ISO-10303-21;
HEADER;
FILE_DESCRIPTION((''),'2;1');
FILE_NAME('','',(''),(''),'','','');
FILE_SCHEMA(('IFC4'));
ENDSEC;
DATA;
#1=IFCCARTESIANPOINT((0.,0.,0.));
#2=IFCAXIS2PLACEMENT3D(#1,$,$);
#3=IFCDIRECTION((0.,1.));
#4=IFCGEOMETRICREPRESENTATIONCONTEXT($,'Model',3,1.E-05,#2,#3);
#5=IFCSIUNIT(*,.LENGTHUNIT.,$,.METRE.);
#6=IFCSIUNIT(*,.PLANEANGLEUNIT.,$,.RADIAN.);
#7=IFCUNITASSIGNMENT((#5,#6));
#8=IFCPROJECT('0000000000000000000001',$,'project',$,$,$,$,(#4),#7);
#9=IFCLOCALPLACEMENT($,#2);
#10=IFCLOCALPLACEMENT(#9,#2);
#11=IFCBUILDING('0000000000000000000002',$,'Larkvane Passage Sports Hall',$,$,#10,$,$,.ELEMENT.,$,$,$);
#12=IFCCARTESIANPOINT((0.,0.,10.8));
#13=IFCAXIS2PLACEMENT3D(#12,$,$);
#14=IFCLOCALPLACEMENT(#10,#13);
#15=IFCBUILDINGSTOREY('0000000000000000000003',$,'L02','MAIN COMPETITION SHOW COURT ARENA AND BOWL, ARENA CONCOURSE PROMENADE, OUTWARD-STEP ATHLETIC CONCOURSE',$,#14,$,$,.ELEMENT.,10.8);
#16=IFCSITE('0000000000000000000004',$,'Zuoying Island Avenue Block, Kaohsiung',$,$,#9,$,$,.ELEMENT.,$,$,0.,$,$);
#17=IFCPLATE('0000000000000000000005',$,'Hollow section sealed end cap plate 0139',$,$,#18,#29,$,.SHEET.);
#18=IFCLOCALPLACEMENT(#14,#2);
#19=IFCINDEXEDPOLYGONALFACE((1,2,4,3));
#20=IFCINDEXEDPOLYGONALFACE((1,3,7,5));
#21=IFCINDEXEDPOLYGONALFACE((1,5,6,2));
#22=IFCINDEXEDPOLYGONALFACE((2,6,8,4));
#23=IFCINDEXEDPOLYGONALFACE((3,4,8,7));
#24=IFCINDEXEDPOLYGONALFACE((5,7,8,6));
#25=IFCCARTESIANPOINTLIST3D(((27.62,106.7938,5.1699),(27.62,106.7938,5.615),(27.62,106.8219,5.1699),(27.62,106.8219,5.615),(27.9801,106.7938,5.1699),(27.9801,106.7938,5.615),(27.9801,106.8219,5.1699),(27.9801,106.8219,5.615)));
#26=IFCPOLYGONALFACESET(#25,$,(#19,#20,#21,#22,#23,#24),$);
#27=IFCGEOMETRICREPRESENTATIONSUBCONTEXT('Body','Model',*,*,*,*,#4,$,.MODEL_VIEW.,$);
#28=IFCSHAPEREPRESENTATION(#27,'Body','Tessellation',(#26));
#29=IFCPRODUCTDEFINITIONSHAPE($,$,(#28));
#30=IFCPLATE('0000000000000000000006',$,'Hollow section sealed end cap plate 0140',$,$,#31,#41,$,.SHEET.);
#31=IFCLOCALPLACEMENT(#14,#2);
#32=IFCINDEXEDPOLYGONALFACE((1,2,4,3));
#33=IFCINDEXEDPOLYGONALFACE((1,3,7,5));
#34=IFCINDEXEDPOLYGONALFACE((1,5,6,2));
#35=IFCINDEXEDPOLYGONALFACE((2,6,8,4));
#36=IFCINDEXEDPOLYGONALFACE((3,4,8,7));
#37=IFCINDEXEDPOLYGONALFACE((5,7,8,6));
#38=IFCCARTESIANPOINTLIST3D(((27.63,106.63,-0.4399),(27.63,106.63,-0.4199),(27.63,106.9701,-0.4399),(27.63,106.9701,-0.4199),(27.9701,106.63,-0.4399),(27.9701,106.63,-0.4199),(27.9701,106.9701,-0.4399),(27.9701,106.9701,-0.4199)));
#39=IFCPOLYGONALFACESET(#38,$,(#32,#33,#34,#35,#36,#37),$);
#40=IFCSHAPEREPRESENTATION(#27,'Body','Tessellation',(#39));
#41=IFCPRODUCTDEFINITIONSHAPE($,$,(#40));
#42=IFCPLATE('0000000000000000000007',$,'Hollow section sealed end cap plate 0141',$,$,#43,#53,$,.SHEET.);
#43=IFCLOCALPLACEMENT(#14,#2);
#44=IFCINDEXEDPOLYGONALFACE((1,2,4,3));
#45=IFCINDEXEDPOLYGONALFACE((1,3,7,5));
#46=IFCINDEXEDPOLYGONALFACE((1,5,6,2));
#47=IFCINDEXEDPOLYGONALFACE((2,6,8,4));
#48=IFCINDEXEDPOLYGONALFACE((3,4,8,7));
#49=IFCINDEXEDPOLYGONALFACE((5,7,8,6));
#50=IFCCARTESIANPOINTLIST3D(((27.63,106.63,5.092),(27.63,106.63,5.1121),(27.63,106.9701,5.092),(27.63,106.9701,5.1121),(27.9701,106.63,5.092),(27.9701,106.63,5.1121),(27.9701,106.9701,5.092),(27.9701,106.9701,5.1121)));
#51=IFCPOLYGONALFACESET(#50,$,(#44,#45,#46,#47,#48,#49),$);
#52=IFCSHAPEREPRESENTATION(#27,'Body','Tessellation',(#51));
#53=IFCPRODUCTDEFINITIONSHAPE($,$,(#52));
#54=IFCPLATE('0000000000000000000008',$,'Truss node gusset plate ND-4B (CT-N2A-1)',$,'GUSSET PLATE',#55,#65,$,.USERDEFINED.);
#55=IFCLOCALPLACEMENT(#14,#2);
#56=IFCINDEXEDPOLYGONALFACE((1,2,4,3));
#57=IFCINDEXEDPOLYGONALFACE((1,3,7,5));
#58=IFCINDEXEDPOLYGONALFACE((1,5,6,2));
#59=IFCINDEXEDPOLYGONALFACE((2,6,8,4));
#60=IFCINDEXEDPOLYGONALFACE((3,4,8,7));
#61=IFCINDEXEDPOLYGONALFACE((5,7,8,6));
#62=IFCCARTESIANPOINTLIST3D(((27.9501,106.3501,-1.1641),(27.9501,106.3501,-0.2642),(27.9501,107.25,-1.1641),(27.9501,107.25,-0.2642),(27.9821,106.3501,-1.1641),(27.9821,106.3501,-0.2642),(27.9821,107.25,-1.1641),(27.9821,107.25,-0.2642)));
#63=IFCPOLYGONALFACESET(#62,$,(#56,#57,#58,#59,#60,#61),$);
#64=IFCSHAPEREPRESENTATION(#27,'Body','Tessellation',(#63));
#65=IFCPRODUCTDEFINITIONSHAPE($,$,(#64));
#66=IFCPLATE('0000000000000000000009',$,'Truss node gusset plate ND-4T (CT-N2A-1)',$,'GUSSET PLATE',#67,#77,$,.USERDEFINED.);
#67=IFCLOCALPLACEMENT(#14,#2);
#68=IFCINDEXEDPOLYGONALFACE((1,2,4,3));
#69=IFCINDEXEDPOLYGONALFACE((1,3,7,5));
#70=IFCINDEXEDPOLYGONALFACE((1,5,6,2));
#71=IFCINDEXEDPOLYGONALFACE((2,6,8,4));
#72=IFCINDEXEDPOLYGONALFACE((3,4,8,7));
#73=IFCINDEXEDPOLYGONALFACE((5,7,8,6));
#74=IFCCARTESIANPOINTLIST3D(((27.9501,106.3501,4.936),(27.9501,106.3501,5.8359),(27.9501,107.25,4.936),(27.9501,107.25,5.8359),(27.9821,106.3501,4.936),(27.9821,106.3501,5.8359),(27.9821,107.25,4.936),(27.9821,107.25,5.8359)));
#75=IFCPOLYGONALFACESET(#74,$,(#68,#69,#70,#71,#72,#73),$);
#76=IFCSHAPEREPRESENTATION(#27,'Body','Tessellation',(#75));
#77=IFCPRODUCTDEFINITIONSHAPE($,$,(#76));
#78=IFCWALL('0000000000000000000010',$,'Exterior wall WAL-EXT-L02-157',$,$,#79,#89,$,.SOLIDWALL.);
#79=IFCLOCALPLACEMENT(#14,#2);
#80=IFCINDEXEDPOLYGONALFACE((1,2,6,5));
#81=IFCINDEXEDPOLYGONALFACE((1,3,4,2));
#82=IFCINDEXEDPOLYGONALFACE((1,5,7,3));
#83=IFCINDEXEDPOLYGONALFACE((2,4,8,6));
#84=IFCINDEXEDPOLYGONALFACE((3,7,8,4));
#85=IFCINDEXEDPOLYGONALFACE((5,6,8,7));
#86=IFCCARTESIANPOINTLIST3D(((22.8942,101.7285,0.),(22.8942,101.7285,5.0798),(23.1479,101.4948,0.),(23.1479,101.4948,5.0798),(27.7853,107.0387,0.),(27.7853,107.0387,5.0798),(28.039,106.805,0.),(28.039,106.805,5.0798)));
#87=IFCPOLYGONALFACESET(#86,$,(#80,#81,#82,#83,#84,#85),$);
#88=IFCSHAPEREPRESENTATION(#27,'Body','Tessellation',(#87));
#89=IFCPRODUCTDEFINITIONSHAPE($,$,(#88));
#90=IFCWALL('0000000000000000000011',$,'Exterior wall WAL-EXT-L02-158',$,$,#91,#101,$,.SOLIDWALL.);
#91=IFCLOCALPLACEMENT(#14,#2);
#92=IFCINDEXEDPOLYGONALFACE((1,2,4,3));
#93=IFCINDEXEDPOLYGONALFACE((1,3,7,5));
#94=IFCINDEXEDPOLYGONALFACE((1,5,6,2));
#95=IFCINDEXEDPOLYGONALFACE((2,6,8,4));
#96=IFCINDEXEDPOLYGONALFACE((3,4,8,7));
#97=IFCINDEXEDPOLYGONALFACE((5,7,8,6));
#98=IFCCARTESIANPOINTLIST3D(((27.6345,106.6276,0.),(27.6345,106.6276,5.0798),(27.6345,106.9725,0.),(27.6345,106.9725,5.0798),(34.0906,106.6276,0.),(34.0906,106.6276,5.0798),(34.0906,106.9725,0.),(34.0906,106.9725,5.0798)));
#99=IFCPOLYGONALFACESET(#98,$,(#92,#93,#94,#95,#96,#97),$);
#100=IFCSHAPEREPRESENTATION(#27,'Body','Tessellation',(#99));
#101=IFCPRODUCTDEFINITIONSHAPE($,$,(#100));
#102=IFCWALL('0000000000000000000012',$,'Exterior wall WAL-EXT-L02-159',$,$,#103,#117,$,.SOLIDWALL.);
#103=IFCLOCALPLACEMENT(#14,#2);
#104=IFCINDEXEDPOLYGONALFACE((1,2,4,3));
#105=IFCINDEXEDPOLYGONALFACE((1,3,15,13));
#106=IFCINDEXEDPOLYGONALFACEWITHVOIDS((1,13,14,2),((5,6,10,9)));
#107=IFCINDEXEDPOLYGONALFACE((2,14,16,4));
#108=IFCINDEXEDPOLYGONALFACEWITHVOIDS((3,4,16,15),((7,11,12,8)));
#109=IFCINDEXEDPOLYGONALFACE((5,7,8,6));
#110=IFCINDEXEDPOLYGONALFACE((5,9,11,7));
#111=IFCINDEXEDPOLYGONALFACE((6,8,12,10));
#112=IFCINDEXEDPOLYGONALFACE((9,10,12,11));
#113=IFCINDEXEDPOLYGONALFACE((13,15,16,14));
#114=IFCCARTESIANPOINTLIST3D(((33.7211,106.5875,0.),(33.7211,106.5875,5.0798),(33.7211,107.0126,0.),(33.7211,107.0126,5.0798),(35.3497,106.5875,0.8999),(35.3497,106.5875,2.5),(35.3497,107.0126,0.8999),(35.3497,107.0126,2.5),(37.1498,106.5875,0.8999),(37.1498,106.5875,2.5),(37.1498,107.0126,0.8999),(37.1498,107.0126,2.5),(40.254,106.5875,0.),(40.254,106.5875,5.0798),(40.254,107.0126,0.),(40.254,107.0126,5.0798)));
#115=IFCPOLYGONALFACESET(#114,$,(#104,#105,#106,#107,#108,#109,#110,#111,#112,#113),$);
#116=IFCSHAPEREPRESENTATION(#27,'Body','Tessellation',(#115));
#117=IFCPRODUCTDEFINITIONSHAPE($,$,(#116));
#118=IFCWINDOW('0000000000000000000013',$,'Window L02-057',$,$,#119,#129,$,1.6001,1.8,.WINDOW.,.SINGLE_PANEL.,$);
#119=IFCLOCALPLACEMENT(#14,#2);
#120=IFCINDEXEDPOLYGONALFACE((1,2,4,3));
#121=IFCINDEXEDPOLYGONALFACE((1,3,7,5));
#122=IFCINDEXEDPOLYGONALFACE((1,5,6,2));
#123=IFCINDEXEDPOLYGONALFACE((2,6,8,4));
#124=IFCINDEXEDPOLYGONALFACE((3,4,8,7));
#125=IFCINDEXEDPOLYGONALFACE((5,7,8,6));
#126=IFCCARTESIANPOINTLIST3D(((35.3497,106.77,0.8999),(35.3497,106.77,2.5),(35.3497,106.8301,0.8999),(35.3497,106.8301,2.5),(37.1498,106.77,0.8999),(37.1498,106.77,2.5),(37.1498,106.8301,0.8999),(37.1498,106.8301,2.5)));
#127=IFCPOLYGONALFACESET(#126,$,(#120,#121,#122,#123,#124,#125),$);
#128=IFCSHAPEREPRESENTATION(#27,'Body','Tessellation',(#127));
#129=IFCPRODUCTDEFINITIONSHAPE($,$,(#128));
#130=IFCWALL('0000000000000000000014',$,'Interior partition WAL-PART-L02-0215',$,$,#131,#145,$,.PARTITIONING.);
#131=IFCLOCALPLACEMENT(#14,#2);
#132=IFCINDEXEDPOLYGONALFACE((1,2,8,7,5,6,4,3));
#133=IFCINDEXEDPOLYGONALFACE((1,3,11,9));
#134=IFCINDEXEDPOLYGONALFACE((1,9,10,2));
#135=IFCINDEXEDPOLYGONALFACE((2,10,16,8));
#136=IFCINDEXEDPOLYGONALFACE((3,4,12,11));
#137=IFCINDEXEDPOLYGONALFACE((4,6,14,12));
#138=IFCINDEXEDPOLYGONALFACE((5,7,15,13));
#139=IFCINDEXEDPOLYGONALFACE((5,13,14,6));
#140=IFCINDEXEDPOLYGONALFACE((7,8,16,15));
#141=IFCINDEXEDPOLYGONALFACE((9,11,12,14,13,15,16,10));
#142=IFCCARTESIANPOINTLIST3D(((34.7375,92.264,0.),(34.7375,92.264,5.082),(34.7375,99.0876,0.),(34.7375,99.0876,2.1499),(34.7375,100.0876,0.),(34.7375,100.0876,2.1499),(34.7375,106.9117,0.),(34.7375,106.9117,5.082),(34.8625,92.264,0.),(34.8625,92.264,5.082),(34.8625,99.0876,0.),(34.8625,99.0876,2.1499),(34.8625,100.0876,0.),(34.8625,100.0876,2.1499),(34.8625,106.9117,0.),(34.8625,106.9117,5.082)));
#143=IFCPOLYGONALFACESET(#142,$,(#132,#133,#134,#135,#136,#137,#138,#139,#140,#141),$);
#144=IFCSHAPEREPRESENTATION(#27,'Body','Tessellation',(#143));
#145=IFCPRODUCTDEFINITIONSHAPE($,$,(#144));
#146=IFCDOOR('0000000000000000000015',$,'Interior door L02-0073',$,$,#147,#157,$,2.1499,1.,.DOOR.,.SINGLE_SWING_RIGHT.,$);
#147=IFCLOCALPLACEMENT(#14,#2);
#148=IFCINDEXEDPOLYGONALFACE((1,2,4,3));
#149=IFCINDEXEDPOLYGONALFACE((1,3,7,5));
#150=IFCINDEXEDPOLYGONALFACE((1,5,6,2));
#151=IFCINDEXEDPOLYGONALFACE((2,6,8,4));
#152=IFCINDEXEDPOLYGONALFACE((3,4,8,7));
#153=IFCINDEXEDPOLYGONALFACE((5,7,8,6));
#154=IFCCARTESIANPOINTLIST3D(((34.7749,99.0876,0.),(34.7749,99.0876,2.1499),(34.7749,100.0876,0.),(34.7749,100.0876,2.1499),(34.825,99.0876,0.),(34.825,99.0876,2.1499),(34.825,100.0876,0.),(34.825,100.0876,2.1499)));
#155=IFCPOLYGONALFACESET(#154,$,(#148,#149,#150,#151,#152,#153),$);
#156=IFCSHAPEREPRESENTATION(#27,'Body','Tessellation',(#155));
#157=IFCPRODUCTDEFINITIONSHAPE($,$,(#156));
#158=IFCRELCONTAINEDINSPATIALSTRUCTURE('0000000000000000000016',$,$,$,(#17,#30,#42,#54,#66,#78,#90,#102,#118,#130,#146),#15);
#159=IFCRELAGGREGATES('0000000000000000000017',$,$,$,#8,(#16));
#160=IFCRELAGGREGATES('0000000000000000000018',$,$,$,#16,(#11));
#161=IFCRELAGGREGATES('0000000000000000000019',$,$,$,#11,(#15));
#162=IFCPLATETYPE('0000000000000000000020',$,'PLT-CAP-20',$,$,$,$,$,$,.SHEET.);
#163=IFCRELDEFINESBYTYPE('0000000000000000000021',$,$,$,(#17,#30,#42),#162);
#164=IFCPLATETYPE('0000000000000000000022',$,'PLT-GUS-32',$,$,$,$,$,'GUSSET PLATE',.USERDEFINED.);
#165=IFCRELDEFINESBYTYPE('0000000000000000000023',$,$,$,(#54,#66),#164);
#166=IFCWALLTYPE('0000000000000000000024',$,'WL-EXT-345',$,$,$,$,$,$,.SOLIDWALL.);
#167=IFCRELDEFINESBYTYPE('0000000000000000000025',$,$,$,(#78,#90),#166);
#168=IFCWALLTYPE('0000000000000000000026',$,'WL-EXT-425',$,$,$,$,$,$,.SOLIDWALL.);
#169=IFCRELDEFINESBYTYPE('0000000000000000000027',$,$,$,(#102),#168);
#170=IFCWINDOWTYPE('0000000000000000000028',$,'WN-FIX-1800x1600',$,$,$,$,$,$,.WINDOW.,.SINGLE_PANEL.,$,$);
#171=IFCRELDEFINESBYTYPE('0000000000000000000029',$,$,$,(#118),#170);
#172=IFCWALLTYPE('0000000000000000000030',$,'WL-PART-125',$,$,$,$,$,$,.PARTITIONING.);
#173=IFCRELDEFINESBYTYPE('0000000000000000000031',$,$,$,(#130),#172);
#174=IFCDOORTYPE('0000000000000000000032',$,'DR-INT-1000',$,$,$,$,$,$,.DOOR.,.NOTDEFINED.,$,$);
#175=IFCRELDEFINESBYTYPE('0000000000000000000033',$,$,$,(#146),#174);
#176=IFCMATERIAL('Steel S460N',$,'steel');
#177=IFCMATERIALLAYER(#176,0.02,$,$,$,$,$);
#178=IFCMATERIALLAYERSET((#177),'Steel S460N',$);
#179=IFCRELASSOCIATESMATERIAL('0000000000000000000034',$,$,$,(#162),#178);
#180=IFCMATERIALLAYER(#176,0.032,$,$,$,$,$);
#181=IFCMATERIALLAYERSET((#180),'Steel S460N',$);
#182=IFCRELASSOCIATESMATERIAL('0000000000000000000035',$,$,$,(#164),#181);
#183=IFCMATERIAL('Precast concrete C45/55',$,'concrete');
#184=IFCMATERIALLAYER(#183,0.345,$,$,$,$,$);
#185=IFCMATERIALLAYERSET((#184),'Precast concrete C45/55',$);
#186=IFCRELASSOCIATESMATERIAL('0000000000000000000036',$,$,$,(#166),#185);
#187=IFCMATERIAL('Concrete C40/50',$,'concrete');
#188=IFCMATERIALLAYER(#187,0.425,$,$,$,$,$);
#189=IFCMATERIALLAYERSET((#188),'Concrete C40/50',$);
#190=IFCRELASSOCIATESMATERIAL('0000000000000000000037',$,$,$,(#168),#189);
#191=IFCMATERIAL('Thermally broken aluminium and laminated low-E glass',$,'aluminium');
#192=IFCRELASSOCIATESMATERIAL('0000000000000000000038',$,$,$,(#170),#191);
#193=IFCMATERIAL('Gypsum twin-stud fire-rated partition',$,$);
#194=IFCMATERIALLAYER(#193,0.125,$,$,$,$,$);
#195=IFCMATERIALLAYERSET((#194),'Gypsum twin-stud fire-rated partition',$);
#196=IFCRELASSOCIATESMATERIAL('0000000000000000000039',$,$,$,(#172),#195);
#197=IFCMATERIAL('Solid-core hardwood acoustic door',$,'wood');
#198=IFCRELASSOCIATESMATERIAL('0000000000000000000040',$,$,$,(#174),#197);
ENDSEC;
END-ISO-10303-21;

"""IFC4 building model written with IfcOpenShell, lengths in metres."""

from ifc_helpers import new_model, si_unit, direction, frame, frame_2d, origin, origin_2d, place, context, subcontext, project, spatial, rectangle, extrude, material, layer, layer_set, type_object, element, fill, save


model = new_model("IFC4")

# Units and contexts
model_context = context("Model", 3, precision=1e-05, world=origin(), true_north=direction((0.0, 1.0)))
body_context = subcontext(model_context, "Body", "Model", "MODEL_VIEW")
ifc_project = project(units=[si_unit("LENGTHUNIT", "METRE"), si_unit("PLANEANGLEUNIT", "RADIAN")], contexts=[model_context])

# Site, building, storey
site_placement = place(None, origin())
site = spatial("IfcSite", under=ifc_project, at=site_placement, Name="Zuoying Island Avenue Block, Kaohsiung", CompositionType="ELEMENT", RefElevation=0.0)
building_placement = place(site_placement, origin())
building = spatial("IfcBuilding", under=site, at=building_placement, Name="Larkvane Passage Sports Hall", CompositionType="ELEMENT")
storey_placement = place(building_placement, frame((0.0, 0.0, 10.8)))
storey = spatial("IfcBuildingStorey", under=building, at=storey_placement, Name="L02", Description="MAIN COMPETITION SHOW COURT ARENA AND BOWL, ARENA CONCOURSE PROMENADE, OUTWARD-STEP ATHLETIC CONCOURSE", CompositionType="ELEMENT", Elevation=10.8)

# Shared definitions
ifc_material_1 = material(Name="Steel S460N", Category="steel")

# Plates
ifc_layer_1 = layer(ifc_material_1, 0.02)
ifc_layer_set_1 = layer_set([ifc_layer_1], Name="Steel S460N")
plate_type_1 = type_object("IfcPlateType", Name="PLT-CAP-20", PredefinedType="SHEET", material=ifc_layer_set_1)
plate_1_placement = place(storey_placement, frame((27.8, 106.8079, 5.1699), z_axis=(0.0, 0.0, 1.0), x_axis=(-1.0, 0.0, 0.0)))
element("IfcPlate", 1, at=plate_1_placement, inside=storey, type_object=plate_type_1, Name="Hollow section sealed end cap plate 0139", PredefinedType="SHEET", context=body_context, shape_type="SweptSolid", body=[
    extrude(rectangle(XDim=0.3601, YDim=0.0281, at=origin_2d()), origin(), (0.0, 0.0, 1.0), 0.4451),
])
for number, where, z_axis, x_axis, name in (
    (2, (27.8, 106.8, -0.4399), (0.0, 0.0, 1.0), (1.0, 0.0, 0.0), "Hollow section sealed end cap plate 0140"),
    (3, (27.8, 106.8, 5.092), (0.0, 0.0, 1.0), (1.0, 0.0, 0.0), "Hollow section sealed end cap plate 0141"),
):
    element("IfcPlate", number, at=place(storey_placement, frame(where, z_axis=z_axis, x_axis=x_axis)), inside=storey, type_object=plate_type_1, Name=name, PredefinedType="SHEET", context=body_context, shape_type="SweptSolid", body=[
        extrude(rectangle(XDim=0.3401, YDim=0.3401, at=origin_2d()), origin(), (0.0, 0.0, 1.0), 0.02),
    ])
ifc_layer_2 = layer(ifc_material_1, 0.032)
ifc_layer_set_2 = layer_set([ifc_layer_2], Name="Steel S460N")
plate_type_2 = type_object("IfcPlateType", Name="PLT-GUS-32", ElementType="GUSSET PLATE", PredefinedType="USERDEFINED", material=ifc_layer_set_2)
for number, where, z_axis, x_axis, name in (
    (4, (27.9661, 106.8, -1.1641), (0.0, 0.0, 1.0), (0.0, 1.0, 0.0), "Truss node gusset plate ND-4B (CT-N2A-1)"),
    (5, (27.9661, 106.8, 4.936), (0.0, 0.0, 1.0), (0.0, 1.0, 0.0), "Truss node gusset plate ND-4T (CT-N2A-1)"),
):
    element("IfcPlate", number, at=place(storey_placement, frame(where, z_axis=z_axis, x_axis=x_axis)), inside=storey, type_object=plate_type_2, Name=name, ObjectType="GUSSET PLATE", PredefinedType="USERDEFINED", context=body_context, shape_type="SweptSolid", body=[
        extrude(rectangle(XDim=0.8999, YDim=0.032, at=origin_2d()), origin(), (0.0, 0.0, 1.0), 0.8999),
    ])

# Walls
ifc_material_2 = material(Name="Precast concrete C45/55", Category="concrete")
ifc_layer_3 = layer(ifc_material_2, 0.345)
ifc_layer_set_3 = layer_set([ifc_layer_3], Name="Precast concrete C45/55")
wall_type_1 = type_object("IfcWallType", Name="WL-EXT-345", PredefinedType="SOLIDWALL", material=ifc_layer_set_3)
wall_1_placement = place(storey_placement, frame((23.021, 101.6116, 0.0), z_axis=(0.0, 0.0, 1.0), x_axis=(0.677479, 0.735542, 0.0)))
element("IfcWall", 6, at=wall_1_placement, inside=storey, type_object=wall_type_1, Name="Exterior wall WAL-EXT-L02-157", PredefinedType="SOLIDWALL", context=body_context, shape_type="SweptSolid", body=[
    extrude(rectangle(XDim=7.2195, YDim=0.345, at=frame_2d((3.6099, 0.0))), origin(), (0.0, 0.0, 1.0), 5.0798),
])
wall_2_placement = place(storey_placement, frame((27.6345, 106.8, 0.0), z_axis=(0.0, 0.0, 1.0), x_axis=(1.0, 0.0, 0.0)))
element("IfcWall", 7, at=wall_2_placement, inside=storey, type_object=wall_type_1, Name="Exterior wall WAL-EXT-L02-158", PredefinedType="SOLIDWALL", context=body_context, shape_type="SweptSolid", body=[
    extrude(rectangle(XDim=6.4561, YDim=0.345, at=frame_2d((3.228, 0.0))), origin(), (0.0, 0.0, 1.0), 5.0798),
])

# Wall, opening, window
ifc_material_3 = material(Name="Concrete C40/50", Category="concrete")
ifc_layer_4 = layer(ifc_material_3, 0.425)
ifc_layer_set_4 = layer_set([ifc_layer_4], Name="Concrete C40/50")
wall_type_2 = type_object("IfcWallType", Name="WL-EXT-425", PredefinedType="SOLIDWALL", material=ifc_layer_set_4)
wall_3_placement = place(storey_placement, frame((33.7209, 106.8, 0.0), z_axis=(0.0, 0.0, 1.0), x_axis=(1.0, 0.0, 0.0)))
wall_3 = element("IfcWall", 8, at=wall_3_placement, inside=storey, type_object=wall_type_2, Name="Exterior wall WAL-EXT-L02-159", PredefinedType="SOLIDWALL", context=body_context, shape_type="SweptSolid", body=[
    extrude(rectangle(XDim=6.533, YDim=0.425, at=frame_2d((3.2666, 0.0))), origin(), (0.0, 0.0, 1.0), 5.0798),
])
opening_1_placement = place(wall_3_placement, frame((1.6289, 0.0, 0.8999)))
opening_1 = element("IfcOpeningElement", 9, at=opening_1_placement, cuts=wall_3, PredefinedType="OPENING", context=body_context, shape_type="SweptSolid", body=[
    extrude(rectangle(XDim=1.8, YDim=1.6001, at=frame_2d((0.8999, 0.8))), frame((0.0, 0.2224, 0.0), z_axis=(0.0, -1.0, 0.0), x_axis=(1.0, 0.0, 0.0)), (0.0, 0.0, 1.0), 0.4451),
])
ifc_material_4 = material(Name="Thermally broken aluminium and laminated low-E glass", Category="aluminium")
window_type = type_object("IfcWindowType", Name="WN-FIX-1800x1600", PartitioningType="SINGLE_PANEL", PredefinedType="WINDOW", material=ifc_material_4)
window_placement = place(opening_1_placement, origin())
window = element("IfcWindow", 10, at=window_placement, inside=storey, type_object=window_type, Name="Window L02-057", OverallHeight=1.6001, OverallWidth=1.8, PartitioningType="SINGLE_PANEL", PredefinedType="WINDOW", context=body_context, shape_type="SweptSolid", body=[
    extrude(rectangle(XDim=1.8, YDim=1.6001, at=frame_2d((0.8999, 0.8))), frame((0.0, 0.03, 0.0), z_axis=(0.0, -1.0, 0.0), x_axis=(1.0, 0.0, 0.0)), (0.0, 0.0, 1.0), 0.0601),
])
fill(opening_1, window)

# Wall, opening, door
ifc_material_5 = material(Name="Gypsum twin-stud fire-rated partition")
ifc_layer_5 = layer(ifc_material_5, 0.125)
ifc_layer_set_5 = layer_set([ifc_layer_5], Name="Gypsum twin-stud fire-rated partition")
wall_type_3 = type_object("IfcWallType", Name="WL-PART-125", PredefinedType="PARTITIONING", material=ifc_layer_set_5)
wall_4_placement = place(storey_placement, frame((34.8, 106.9116, 0.0), z_axis=(0.0, 0.0, 1.0), x_axis=(0.0, -1.0, 0.0)))
wall_4 = element("IfcWall", 11, at=wall_4_placement, inside=storey, type_object=wall_type_3, Name="Interior partition WAL-PART-L02-0215", PredefinedType="PARTITIONING", context=body_context, shape_type="SweptSolid", body=[
    extrude(rectangle(XDim=14.6477, YDim=0.125, at=frame_2d((7.3237, 0.0))), origin(), (0.0, 0.0, 1.0), 5.082),
])
opening_2_placement = place(wall_4_placement, frame((6.824, 0.0, 0.0)))
opening_2 = element("IfcOpeningElement", 12, at=opening_2_placement, cuts=wall_4, PredefinedType="OPENING", context=body_context, shape_type="SweptSolid", body=[
    extrude(rectangle(XDim=1.0, YDim=2.1499, at=frame_2d((0.5, 1.075))), frame((0.0, 0.0725, 0.0), z_axis=(0.0, -1.0, 0.0), x_axis=(1.0, 0.0, 0.0)), (0.0, 0.0, 1.0), 0.145),
])
ifc_material_6 = material(Name="Solid-core hardwood acoustic door", Category="wood")
door_type = type_object("IfcDoorType", Name="DR-INT-1000", OperationType="NOTDEFINED", PredefinedType="DOOR", material=ifc_material_6)
door_placement = place(opening_2_placement, origin())
door = element("IfcDoor", 13, at=door_placement, inside=storey, type_object=door_type, Name="Interior door L02-0073", OperationType="SINGLE_SWING_RIGHT", OverallHeight=2.1499, OverallWidth=1.0, PredefinedType="DOOR", context=body_context, shape_type="SweptSolid", body=[
    extrude(rectangle(XDim=1.0, YDim=2.1499, at=frame_2d((0.5, 1.075))), frame((0.0, 0.0249, 0.0), z_axis=(0.0, -1.0, 0.0), x_axis=(1.0, 0.0, 0.0)), (0.0, 0.0, 1.0), 0.05),
])
fill(opening_2, door)

save(model, "model.ifc")
